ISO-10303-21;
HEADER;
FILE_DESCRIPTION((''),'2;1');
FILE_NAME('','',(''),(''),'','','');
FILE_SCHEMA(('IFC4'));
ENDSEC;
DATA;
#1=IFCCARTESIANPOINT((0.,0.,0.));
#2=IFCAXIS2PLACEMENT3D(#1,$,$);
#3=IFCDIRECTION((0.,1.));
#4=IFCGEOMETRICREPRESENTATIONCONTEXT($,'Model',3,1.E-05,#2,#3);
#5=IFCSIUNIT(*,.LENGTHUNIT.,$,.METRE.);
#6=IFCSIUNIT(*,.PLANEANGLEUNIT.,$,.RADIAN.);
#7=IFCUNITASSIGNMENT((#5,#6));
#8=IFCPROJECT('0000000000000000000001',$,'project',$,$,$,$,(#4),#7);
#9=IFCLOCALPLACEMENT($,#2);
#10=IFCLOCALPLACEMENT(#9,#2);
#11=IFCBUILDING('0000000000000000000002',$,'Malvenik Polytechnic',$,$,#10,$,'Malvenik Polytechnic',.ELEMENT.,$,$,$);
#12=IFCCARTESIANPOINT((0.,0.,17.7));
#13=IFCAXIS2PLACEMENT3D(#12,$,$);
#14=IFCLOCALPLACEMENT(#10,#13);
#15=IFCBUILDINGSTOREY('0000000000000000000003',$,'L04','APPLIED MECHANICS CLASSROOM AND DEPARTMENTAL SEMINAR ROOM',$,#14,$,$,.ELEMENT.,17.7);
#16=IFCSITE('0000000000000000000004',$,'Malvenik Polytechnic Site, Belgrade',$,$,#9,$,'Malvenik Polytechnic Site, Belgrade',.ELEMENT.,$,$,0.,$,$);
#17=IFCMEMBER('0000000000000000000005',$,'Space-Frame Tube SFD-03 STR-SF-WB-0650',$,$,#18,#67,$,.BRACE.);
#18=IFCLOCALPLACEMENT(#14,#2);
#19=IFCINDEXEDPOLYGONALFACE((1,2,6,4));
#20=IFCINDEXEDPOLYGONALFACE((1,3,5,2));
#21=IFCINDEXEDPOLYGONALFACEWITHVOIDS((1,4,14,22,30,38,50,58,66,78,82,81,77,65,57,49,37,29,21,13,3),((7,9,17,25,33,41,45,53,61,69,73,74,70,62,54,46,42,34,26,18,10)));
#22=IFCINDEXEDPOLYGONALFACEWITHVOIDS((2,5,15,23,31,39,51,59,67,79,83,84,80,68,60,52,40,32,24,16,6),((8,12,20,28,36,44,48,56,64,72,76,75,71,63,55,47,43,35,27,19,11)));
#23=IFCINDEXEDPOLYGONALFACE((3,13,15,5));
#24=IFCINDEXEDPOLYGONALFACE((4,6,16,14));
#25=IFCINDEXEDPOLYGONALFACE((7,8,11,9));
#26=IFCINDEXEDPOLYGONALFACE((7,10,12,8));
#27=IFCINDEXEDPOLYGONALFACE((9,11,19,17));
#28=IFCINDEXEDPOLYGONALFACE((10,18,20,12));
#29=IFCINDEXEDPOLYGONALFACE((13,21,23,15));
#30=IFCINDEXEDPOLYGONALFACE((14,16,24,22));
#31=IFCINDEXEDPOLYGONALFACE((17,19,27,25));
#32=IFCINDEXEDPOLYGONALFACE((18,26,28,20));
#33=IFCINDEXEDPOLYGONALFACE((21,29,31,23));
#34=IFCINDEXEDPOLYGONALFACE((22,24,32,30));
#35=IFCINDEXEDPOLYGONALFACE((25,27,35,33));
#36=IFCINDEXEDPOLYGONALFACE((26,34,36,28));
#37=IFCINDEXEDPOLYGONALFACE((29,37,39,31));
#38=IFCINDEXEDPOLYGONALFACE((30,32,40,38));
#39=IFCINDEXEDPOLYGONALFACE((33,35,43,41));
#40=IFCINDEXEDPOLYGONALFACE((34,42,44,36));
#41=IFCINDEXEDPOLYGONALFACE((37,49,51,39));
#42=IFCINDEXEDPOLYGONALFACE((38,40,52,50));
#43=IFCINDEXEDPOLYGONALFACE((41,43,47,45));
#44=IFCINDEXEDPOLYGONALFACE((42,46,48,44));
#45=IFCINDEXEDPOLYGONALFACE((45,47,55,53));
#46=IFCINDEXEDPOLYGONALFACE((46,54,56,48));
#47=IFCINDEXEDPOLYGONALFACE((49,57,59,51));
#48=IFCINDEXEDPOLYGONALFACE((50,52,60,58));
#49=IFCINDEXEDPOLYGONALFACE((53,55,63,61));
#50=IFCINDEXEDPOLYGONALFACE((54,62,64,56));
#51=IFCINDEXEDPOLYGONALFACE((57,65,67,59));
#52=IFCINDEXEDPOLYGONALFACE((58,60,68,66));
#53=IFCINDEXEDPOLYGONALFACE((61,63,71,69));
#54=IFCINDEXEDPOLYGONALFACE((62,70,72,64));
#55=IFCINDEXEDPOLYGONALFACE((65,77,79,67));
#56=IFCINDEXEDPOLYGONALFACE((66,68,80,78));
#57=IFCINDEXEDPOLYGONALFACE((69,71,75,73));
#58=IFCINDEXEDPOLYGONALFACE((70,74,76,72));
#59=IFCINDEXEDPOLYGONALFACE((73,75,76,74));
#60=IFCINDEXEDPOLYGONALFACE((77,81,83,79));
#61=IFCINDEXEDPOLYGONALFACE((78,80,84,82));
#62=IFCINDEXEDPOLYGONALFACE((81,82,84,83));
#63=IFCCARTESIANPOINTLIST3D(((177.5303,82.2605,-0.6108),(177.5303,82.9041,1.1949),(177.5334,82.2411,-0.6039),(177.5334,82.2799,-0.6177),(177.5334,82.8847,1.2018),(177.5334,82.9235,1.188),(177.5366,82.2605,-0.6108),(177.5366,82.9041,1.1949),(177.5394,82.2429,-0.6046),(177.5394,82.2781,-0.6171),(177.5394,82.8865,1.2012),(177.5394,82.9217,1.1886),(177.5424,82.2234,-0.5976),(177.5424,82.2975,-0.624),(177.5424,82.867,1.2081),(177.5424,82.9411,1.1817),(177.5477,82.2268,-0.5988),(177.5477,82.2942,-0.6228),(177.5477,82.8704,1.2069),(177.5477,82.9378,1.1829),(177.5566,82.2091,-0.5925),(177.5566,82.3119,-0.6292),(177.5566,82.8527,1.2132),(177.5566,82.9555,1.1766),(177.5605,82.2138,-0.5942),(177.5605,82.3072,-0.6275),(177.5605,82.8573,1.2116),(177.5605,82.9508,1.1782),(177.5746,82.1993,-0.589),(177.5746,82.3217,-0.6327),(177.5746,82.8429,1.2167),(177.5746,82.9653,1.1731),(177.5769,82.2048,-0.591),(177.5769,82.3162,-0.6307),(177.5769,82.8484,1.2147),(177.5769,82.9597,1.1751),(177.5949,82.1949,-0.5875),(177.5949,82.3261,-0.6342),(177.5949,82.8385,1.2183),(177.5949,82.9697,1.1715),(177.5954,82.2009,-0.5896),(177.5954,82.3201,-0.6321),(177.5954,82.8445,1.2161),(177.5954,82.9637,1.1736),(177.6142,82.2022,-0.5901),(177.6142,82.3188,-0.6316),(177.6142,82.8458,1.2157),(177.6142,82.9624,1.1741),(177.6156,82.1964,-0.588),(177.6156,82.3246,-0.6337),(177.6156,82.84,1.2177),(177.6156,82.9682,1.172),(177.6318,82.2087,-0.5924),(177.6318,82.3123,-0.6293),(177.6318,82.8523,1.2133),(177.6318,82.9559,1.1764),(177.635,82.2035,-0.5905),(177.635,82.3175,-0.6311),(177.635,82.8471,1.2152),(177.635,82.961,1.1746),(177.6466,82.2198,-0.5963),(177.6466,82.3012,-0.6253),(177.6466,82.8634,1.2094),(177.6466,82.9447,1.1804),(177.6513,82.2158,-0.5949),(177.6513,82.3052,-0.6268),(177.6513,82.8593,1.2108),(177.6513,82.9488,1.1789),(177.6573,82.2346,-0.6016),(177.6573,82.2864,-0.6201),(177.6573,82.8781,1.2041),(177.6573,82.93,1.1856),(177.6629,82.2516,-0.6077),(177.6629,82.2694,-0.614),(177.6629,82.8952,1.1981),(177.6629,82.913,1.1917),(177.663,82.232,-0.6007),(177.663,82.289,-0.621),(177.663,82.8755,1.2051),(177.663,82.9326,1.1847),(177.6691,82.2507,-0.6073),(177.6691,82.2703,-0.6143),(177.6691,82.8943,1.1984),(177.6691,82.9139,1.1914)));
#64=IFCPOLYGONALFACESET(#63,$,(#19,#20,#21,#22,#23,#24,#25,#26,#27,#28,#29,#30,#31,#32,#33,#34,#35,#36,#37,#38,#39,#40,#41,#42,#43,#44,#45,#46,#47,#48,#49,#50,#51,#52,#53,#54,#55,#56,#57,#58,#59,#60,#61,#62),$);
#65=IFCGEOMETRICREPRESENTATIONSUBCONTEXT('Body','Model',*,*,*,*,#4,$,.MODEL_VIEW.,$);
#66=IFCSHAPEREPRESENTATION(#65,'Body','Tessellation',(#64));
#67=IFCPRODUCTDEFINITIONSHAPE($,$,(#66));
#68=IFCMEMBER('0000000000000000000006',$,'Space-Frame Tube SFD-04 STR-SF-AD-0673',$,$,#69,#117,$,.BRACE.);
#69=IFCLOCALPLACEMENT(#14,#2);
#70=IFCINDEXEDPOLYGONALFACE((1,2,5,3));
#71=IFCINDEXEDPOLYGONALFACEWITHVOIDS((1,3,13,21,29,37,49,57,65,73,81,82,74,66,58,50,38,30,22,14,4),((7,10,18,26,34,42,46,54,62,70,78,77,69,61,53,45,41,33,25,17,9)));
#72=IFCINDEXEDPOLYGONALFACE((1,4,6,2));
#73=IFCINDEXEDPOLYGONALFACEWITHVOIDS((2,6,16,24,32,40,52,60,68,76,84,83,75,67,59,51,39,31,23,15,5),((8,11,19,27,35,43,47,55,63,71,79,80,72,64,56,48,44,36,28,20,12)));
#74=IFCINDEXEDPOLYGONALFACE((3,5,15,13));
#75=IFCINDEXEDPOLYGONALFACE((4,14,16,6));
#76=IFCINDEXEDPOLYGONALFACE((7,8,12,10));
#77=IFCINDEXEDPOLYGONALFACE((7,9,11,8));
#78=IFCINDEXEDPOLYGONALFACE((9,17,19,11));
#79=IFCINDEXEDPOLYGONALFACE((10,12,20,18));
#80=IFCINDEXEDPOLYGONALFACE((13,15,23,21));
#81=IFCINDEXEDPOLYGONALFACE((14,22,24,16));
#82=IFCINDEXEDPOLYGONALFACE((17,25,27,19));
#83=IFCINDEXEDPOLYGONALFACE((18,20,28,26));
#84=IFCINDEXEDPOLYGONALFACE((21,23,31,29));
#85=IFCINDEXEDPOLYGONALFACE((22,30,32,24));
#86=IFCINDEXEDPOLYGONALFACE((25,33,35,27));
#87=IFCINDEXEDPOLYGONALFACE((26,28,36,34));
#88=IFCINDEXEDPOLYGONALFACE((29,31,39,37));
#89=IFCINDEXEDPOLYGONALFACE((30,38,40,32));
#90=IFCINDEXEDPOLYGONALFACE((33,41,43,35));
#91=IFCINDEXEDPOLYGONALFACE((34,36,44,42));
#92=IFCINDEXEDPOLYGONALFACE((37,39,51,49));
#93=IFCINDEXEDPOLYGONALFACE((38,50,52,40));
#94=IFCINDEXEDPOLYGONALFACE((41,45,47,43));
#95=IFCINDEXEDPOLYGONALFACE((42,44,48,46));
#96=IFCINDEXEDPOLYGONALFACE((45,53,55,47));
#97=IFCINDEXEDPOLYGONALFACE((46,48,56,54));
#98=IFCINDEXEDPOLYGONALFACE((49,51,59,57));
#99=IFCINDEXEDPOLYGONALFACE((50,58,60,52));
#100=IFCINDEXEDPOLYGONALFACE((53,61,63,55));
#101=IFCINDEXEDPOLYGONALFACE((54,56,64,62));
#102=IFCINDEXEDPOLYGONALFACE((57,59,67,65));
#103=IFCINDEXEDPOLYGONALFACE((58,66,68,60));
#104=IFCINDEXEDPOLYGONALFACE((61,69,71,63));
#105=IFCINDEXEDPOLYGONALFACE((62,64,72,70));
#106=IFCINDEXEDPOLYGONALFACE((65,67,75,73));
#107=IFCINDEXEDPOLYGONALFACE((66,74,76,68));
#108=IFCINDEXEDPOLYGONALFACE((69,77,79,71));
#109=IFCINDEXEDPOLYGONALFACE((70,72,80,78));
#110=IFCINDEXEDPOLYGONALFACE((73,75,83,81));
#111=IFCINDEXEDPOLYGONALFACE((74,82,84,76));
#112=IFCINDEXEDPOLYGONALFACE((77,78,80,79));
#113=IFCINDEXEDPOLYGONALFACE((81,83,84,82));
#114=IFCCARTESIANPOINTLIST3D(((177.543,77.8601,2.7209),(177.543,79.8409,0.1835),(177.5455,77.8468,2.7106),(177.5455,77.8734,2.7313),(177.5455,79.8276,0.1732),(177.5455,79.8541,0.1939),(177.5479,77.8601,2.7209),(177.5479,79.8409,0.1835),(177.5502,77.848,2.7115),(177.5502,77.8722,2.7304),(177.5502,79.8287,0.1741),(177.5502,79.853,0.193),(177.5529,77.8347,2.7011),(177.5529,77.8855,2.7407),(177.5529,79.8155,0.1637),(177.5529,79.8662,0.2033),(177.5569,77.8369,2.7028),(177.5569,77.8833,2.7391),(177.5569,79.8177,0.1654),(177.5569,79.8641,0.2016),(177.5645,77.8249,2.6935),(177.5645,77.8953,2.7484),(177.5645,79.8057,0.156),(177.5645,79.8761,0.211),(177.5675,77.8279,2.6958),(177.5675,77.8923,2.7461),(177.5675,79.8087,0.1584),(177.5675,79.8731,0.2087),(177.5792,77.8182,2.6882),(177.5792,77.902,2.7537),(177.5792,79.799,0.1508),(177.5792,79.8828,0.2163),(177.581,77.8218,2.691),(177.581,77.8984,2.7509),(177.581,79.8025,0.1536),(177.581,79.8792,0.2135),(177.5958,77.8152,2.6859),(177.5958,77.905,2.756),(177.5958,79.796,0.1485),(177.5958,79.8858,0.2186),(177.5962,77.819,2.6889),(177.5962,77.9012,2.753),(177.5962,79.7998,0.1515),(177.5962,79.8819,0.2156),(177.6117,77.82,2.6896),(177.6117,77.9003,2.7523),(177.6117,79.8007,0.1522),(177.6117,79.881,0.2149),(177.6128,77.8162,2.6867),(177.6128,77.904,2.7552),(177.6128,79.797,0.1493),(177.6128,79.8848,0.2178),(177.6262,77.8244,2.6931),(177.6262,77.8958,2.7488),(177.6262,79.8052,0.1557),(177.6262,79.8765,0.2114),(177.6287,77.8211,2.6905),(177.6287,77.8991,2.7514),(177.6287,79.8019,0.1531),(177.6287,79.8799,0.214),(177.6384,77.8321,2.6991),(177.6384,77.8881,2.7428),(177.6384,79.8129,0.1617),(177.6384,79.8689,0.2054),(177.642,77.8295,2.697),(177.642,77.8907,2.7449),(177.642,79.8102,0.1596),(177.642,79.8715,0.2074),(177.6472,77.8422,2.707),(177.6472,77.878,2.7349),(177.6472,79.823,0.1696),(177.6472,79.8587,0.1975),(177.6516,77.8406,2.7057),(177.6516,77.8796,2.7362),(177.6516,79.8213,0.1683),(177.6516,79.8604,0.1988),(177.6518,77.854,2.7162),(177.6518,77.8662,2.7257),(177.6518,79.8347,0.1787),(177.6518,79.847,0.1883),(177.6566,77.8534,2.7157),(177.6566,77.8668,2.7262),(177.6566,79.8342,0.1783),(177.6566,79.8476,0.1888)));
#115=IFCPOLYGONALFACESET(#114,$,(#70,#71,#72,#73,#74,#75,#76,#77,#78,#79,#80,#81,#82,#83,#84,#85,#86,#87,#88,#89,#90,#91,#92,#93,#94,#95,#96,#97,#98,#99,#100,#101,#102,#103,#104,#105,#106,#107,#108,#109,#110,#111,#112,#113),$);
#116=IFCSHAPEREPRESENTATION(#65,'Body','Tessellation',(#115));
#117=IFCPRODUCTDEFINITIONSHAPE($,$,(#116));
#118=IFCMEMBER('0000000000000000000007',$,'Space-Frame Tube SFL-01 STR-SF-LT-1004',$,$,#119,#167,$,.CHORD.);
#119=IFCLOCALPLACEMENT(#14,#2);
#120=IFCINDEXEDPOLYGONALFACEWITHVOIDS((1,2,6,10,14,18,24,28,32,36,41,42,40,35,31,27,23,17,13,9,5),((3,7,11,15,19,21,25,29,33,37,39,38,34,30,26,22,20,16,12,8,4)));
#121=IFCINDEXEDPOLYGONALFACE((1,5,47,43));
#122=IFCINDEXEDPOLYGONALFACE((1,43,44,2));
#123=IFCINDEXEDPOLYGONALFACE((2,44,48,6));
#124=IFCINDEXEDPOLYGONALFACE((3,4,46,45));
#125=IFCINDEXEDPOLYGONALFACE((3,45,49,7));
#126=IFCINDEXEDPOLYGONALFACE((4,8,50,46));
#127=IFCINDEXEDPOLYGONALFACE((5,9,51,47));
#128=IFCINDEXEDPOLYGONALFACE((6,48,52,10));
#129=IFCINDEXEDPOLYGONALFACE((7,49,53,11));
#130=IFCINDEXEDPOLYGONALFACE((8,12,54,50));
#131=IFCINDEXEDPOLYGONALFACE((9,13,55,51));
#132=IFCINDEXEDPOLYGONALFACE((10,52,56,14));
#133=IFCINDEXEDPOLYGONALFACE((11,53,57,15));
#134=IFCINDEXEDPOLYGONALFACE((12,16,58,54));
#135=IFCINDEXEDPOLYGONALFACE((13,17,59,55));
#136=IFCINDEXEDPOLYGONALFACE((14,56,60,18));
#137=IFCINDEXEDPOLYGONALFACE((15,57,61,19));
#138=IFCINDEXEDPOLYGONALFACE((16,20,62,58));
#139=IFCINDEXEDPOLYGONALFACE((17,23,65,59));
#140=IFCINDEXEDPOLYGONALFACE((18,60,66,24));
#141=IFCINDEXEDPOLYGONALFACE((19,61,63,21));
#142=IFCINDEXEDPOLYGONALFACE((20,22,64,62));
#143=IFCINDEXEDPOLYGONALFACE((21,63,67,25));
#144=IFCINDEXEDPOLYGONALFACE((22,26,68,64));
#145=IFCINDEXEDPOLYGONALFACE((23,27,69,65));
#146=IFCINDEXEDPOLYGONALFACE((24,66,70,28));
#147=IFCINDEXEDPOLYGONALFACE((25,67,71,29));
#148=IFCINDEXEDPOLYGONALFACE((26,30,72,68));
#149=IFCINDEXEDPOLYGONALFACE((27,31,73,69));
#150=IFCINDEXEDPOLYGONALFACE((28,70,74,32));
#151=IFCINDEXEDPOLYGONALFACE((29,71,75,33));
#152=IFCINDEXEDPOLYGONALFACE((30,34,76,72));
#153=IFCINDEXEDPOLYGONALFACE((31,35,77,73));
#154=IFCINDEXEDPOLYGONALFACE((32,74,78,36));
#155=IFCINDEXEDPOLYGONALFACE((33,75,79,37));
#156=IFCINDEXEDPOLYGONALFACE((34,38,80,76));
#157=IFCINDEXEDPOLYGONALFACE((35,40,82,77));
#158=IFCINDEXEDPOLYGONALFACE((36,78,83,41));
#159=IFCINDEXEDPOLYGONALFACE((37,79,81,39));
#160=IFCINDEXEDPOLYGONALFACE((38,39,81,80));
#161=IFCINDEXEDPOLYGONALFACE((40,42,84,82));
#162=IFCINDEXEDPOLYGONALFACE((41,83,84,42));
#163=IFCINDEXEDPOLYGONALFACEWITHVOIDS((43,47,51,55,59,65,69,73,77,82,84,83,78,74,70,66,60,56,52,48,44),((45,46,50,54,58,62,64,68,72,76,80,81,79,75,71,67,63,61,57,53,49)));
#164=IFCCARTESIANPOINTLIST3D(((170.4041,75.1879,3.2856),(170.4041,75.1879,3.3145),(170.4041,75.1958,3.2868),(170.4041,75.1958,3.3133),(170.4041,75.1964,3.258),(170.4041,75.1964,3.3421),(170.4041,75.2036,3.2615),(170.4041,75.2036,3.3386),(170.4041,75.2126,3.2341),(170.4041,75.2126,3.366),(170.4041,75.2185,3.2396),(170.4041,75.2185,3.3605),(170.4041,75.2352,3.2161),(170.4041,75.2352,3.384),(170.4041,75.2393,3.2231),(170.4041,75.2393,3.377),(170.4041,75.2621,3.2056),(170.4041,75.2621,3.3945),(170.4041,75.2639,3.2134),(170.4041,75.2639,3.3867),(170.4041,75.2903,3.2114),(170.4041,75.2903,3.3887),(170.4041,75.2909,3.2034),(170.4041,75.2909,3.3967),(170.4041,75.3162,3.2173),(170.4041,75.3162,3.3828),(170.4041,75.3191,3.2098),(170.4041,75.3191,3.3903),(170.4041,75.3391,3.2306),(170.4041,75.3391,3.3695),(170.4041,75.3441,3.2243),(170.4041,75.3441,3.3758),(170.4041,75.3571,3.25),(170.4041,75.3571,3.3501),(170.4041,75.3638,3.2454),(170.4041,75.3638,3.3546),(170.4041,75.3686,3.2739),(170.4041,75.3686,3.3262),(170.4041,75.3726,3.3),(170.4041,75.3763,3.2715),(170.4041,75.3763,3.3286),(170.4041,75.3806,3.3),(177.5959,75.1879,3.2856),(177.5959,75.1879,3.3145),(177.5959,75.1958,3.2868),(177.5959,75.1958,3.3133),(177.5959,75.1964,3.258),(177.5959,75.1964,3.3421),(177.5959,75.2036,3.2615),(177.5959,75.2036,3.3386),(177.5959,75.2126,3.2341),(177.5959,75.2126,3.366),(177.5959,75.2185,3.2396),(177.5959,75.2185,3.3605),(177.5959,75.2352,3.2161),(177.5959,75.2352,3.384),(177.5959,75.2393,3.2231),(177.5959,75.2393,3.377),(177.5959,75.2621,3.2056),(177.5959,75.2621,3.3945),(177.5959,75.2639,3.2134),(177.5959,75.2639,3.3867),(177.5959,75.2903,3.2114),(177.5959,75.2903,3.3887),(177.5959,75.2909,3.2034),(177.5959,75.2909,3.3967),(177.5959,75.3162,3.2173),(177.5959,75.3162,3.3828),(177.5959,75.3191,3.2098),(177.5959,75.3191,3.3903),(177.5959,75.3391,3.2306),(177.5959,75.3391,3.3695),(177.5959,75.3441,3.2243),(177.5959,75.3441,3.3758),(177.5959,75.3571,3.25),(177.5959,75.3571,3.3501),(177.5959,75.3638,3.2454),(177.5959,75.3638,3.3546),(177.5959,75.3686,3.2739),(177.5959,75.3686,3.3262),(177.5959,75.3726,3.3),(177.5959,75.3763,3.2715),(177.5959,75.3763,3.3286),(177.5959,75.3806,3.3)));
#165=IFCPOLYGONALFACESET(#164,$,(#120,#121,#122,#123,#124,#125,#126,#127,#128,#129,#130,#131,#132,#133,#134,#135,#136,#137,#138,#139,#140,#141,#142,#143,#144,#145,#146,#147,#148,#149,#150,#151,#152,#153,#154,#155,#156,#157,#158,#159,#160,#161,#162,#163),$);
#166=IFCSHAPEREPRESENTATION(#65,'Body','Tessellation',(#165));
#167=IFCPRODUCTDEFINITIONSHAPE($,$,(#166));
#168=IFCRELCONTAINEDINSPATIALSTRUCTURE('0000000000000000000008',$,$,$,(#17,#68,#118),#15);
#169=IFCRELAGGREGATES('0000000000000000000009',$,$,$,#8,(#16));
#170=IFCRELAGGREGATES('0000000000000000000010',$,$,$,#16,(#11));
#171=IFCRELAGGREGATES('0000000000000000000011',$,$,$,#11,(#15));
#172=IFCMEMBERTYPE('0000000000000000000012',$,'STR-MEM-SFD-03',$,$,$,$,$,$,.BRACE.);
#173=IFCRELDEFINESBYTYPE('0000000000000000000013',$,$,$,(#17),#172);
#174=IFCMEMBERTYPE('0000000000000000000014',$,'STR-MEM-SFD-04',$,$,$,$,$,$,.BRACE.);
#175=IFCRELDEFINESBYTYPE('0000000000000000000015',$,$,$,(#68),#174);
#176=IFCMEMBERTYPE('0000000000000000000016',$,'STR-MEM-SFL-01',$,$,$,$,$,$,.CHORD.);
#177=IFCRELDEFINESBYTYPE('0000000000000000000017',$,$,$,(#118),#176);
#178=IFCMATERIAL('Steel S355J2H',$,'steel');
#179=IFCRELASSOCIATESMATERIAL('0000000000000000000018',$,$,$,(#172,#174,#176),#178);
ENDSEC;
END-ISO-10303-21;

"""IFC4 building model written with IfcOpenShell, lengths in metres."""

from ifc_helpers import new_model, si_unit, direction, frame, origin, origin_2d, place, context, subcontext, project, spatial, hollow_circle, extrude, material, material_profile, profile_set, type_object, element, save


model = new_model("IFC4")

# Units and contexts
model_context = context("Model", 3, precision=1e-05, world=origin(), true_north=direction((0.0, 1.0)))
body_context = subcontext(model_context, "Body", "Model", "MODEL_VIEW")
ifc_project = project(units=[si_unit("LENGTHUNIT", "METRE"), si_unit("PLANEANGLEUNIT", "RADIAN")], contexts=[model_context])

# Site, building, storey
site_placement = place(None, origin())
site = spatial("IfcSite", under=ifc_project, at=site_placement, Name="Malvenik Polytechnic Site, Belgrade", LongName="Malvenik Polytechnic Site, Belgrade", CompositionType="ELEMENT", RefElevation=0.0)
building_placement = place(site_placement, origin())
building = spatial("IfcBuilding", under=site, at=building_placement, Name="Malvenik Polytechnic", LongName="Malvenik Polytechnic", CompositionType="ELEMENT")
storey_placement = place(building_placement, frame((0.0, 0.0, 17.7)))
storey = spatial("IfcBuildingStorey", under=building, at=storey_placement, Name="L04", Description="APPLIED MECHANICS CLASSROOM AND DEPARTMENTAL SEMINAR ROOM", CompositionType="ELEMENT", Elevation=17.7)

# Members
ifc_material = material(Name="Steel S355J2H", Category="steel")
ifc_material_profile_1 = material_profile(ifc_material, hollow_circle(Radius=0.0698, WallThickness=0.0063, at=origin_2d()), Name="CHS 139.7x6.3")
ifc_profile_set_1 = profile_set([ifc_material_profile_1], Name="Steel S355J2H")
member_type_1 = type_object("IfcMemberType", Name="STR-MEM-SFD-03", PredefinedType="BRACE", material=ifc_profile_set_1)
member_1_placement = place(storey_placement, frame((177.6001, 82.2605, -0.6108), z_axis=(0.0, 0.335723, 0.941961), x_axis=(-1.0, 0.0, 0.0)))
element("IfcMember", 1, at=member_1_placement, inside=storey, type_object=member_type_1, Name="Space-Frame Tube SFD-03 STR-SF-WB-0650", PredefinedType="BRACE", context=body_context, shape_type="SweptSolid", body=[
    extrude(hollow_circle(Radius=0.0698, WallThickness=0.0063, at=origin_2d()), origin(), (0.0, 0.0, 1.0), 1.917),
])
ifc_material_profile_2 = material_profile(ifc_material, hollow_circle(Radius=0.0571, WallThickness=0.0049, at=origin_2d()), Name="CHS 114.3x5.0")
ifc_profile_set_2 = profile_set([ifc_material_profile_2], Name="Steel S355J2H")
member_type_2 = type_object("IfcMemberType", Name="STR-MEM-SFD-04", PredefinedType="BRACE", material=ifc_profile_set_2)
member_2_placement = place(storey_placement, frame((177.6001, 77.8601, 2.7209), z_axis=(0.0, 0.615336, -0.788265), x_axis=(-1.0, 0.0, 0.0)))
element("IfcMember", 2, at=member_2_placement, inside=storey, type_object=member_type_2, Name="Space-Frame Tube SFD-04 STR-SF-AD-0673", PredefinedType="BRACE", context=body_context, shape_type="SweptSolid", body=[
    extrude(hollow_circle(Radius=0.0571, WallThickness=0.0049, at=origin_2d()), origin(), (0.0, 0.0, 1.0), 3.219),
])
ifc_material_profile_3 = material_profile(ifc_material, hollow_circle(Radius=0.0969, WallThickness=0.0081, at=origin_2d()), Name="CHS 193.7x8.0")
ifc_profile_set_3 = profile_set([ifc_material_profile_3], Name="Steel S355J2H")
member_type_3 = type_object("IfcMemberType", Name="STR-MEM-SFL-01", PredefinedType="CHORD", material=ifc_profile_set_3)
for number, where, z_axis, x_axis, name in (
    (3, (170.4041, 75.2837, 3.3), (1.0, 0.0, 0.0), (0.0, 1.0, 0.0), "Space-Frame Tube SFL-01 STR-SF-LT-1004"),
):
    element("IfcMember", number, at=place(storey_placement, frame(where, z_axis=z_axis, x_axis=x_axis)), inside=storey, type_object=member_type_3, Name=name, PredefinedType="CHORD", context=body_context, shape_type="SweptSolid", body=[
        extrude(hollow_circle(Radius=0.0969, WallThickness=0.0081, at=origin_2d()), origin(), (0.0, 0.0, 1.0), 7.1919),
    ])

save(model, "model.ifc")
